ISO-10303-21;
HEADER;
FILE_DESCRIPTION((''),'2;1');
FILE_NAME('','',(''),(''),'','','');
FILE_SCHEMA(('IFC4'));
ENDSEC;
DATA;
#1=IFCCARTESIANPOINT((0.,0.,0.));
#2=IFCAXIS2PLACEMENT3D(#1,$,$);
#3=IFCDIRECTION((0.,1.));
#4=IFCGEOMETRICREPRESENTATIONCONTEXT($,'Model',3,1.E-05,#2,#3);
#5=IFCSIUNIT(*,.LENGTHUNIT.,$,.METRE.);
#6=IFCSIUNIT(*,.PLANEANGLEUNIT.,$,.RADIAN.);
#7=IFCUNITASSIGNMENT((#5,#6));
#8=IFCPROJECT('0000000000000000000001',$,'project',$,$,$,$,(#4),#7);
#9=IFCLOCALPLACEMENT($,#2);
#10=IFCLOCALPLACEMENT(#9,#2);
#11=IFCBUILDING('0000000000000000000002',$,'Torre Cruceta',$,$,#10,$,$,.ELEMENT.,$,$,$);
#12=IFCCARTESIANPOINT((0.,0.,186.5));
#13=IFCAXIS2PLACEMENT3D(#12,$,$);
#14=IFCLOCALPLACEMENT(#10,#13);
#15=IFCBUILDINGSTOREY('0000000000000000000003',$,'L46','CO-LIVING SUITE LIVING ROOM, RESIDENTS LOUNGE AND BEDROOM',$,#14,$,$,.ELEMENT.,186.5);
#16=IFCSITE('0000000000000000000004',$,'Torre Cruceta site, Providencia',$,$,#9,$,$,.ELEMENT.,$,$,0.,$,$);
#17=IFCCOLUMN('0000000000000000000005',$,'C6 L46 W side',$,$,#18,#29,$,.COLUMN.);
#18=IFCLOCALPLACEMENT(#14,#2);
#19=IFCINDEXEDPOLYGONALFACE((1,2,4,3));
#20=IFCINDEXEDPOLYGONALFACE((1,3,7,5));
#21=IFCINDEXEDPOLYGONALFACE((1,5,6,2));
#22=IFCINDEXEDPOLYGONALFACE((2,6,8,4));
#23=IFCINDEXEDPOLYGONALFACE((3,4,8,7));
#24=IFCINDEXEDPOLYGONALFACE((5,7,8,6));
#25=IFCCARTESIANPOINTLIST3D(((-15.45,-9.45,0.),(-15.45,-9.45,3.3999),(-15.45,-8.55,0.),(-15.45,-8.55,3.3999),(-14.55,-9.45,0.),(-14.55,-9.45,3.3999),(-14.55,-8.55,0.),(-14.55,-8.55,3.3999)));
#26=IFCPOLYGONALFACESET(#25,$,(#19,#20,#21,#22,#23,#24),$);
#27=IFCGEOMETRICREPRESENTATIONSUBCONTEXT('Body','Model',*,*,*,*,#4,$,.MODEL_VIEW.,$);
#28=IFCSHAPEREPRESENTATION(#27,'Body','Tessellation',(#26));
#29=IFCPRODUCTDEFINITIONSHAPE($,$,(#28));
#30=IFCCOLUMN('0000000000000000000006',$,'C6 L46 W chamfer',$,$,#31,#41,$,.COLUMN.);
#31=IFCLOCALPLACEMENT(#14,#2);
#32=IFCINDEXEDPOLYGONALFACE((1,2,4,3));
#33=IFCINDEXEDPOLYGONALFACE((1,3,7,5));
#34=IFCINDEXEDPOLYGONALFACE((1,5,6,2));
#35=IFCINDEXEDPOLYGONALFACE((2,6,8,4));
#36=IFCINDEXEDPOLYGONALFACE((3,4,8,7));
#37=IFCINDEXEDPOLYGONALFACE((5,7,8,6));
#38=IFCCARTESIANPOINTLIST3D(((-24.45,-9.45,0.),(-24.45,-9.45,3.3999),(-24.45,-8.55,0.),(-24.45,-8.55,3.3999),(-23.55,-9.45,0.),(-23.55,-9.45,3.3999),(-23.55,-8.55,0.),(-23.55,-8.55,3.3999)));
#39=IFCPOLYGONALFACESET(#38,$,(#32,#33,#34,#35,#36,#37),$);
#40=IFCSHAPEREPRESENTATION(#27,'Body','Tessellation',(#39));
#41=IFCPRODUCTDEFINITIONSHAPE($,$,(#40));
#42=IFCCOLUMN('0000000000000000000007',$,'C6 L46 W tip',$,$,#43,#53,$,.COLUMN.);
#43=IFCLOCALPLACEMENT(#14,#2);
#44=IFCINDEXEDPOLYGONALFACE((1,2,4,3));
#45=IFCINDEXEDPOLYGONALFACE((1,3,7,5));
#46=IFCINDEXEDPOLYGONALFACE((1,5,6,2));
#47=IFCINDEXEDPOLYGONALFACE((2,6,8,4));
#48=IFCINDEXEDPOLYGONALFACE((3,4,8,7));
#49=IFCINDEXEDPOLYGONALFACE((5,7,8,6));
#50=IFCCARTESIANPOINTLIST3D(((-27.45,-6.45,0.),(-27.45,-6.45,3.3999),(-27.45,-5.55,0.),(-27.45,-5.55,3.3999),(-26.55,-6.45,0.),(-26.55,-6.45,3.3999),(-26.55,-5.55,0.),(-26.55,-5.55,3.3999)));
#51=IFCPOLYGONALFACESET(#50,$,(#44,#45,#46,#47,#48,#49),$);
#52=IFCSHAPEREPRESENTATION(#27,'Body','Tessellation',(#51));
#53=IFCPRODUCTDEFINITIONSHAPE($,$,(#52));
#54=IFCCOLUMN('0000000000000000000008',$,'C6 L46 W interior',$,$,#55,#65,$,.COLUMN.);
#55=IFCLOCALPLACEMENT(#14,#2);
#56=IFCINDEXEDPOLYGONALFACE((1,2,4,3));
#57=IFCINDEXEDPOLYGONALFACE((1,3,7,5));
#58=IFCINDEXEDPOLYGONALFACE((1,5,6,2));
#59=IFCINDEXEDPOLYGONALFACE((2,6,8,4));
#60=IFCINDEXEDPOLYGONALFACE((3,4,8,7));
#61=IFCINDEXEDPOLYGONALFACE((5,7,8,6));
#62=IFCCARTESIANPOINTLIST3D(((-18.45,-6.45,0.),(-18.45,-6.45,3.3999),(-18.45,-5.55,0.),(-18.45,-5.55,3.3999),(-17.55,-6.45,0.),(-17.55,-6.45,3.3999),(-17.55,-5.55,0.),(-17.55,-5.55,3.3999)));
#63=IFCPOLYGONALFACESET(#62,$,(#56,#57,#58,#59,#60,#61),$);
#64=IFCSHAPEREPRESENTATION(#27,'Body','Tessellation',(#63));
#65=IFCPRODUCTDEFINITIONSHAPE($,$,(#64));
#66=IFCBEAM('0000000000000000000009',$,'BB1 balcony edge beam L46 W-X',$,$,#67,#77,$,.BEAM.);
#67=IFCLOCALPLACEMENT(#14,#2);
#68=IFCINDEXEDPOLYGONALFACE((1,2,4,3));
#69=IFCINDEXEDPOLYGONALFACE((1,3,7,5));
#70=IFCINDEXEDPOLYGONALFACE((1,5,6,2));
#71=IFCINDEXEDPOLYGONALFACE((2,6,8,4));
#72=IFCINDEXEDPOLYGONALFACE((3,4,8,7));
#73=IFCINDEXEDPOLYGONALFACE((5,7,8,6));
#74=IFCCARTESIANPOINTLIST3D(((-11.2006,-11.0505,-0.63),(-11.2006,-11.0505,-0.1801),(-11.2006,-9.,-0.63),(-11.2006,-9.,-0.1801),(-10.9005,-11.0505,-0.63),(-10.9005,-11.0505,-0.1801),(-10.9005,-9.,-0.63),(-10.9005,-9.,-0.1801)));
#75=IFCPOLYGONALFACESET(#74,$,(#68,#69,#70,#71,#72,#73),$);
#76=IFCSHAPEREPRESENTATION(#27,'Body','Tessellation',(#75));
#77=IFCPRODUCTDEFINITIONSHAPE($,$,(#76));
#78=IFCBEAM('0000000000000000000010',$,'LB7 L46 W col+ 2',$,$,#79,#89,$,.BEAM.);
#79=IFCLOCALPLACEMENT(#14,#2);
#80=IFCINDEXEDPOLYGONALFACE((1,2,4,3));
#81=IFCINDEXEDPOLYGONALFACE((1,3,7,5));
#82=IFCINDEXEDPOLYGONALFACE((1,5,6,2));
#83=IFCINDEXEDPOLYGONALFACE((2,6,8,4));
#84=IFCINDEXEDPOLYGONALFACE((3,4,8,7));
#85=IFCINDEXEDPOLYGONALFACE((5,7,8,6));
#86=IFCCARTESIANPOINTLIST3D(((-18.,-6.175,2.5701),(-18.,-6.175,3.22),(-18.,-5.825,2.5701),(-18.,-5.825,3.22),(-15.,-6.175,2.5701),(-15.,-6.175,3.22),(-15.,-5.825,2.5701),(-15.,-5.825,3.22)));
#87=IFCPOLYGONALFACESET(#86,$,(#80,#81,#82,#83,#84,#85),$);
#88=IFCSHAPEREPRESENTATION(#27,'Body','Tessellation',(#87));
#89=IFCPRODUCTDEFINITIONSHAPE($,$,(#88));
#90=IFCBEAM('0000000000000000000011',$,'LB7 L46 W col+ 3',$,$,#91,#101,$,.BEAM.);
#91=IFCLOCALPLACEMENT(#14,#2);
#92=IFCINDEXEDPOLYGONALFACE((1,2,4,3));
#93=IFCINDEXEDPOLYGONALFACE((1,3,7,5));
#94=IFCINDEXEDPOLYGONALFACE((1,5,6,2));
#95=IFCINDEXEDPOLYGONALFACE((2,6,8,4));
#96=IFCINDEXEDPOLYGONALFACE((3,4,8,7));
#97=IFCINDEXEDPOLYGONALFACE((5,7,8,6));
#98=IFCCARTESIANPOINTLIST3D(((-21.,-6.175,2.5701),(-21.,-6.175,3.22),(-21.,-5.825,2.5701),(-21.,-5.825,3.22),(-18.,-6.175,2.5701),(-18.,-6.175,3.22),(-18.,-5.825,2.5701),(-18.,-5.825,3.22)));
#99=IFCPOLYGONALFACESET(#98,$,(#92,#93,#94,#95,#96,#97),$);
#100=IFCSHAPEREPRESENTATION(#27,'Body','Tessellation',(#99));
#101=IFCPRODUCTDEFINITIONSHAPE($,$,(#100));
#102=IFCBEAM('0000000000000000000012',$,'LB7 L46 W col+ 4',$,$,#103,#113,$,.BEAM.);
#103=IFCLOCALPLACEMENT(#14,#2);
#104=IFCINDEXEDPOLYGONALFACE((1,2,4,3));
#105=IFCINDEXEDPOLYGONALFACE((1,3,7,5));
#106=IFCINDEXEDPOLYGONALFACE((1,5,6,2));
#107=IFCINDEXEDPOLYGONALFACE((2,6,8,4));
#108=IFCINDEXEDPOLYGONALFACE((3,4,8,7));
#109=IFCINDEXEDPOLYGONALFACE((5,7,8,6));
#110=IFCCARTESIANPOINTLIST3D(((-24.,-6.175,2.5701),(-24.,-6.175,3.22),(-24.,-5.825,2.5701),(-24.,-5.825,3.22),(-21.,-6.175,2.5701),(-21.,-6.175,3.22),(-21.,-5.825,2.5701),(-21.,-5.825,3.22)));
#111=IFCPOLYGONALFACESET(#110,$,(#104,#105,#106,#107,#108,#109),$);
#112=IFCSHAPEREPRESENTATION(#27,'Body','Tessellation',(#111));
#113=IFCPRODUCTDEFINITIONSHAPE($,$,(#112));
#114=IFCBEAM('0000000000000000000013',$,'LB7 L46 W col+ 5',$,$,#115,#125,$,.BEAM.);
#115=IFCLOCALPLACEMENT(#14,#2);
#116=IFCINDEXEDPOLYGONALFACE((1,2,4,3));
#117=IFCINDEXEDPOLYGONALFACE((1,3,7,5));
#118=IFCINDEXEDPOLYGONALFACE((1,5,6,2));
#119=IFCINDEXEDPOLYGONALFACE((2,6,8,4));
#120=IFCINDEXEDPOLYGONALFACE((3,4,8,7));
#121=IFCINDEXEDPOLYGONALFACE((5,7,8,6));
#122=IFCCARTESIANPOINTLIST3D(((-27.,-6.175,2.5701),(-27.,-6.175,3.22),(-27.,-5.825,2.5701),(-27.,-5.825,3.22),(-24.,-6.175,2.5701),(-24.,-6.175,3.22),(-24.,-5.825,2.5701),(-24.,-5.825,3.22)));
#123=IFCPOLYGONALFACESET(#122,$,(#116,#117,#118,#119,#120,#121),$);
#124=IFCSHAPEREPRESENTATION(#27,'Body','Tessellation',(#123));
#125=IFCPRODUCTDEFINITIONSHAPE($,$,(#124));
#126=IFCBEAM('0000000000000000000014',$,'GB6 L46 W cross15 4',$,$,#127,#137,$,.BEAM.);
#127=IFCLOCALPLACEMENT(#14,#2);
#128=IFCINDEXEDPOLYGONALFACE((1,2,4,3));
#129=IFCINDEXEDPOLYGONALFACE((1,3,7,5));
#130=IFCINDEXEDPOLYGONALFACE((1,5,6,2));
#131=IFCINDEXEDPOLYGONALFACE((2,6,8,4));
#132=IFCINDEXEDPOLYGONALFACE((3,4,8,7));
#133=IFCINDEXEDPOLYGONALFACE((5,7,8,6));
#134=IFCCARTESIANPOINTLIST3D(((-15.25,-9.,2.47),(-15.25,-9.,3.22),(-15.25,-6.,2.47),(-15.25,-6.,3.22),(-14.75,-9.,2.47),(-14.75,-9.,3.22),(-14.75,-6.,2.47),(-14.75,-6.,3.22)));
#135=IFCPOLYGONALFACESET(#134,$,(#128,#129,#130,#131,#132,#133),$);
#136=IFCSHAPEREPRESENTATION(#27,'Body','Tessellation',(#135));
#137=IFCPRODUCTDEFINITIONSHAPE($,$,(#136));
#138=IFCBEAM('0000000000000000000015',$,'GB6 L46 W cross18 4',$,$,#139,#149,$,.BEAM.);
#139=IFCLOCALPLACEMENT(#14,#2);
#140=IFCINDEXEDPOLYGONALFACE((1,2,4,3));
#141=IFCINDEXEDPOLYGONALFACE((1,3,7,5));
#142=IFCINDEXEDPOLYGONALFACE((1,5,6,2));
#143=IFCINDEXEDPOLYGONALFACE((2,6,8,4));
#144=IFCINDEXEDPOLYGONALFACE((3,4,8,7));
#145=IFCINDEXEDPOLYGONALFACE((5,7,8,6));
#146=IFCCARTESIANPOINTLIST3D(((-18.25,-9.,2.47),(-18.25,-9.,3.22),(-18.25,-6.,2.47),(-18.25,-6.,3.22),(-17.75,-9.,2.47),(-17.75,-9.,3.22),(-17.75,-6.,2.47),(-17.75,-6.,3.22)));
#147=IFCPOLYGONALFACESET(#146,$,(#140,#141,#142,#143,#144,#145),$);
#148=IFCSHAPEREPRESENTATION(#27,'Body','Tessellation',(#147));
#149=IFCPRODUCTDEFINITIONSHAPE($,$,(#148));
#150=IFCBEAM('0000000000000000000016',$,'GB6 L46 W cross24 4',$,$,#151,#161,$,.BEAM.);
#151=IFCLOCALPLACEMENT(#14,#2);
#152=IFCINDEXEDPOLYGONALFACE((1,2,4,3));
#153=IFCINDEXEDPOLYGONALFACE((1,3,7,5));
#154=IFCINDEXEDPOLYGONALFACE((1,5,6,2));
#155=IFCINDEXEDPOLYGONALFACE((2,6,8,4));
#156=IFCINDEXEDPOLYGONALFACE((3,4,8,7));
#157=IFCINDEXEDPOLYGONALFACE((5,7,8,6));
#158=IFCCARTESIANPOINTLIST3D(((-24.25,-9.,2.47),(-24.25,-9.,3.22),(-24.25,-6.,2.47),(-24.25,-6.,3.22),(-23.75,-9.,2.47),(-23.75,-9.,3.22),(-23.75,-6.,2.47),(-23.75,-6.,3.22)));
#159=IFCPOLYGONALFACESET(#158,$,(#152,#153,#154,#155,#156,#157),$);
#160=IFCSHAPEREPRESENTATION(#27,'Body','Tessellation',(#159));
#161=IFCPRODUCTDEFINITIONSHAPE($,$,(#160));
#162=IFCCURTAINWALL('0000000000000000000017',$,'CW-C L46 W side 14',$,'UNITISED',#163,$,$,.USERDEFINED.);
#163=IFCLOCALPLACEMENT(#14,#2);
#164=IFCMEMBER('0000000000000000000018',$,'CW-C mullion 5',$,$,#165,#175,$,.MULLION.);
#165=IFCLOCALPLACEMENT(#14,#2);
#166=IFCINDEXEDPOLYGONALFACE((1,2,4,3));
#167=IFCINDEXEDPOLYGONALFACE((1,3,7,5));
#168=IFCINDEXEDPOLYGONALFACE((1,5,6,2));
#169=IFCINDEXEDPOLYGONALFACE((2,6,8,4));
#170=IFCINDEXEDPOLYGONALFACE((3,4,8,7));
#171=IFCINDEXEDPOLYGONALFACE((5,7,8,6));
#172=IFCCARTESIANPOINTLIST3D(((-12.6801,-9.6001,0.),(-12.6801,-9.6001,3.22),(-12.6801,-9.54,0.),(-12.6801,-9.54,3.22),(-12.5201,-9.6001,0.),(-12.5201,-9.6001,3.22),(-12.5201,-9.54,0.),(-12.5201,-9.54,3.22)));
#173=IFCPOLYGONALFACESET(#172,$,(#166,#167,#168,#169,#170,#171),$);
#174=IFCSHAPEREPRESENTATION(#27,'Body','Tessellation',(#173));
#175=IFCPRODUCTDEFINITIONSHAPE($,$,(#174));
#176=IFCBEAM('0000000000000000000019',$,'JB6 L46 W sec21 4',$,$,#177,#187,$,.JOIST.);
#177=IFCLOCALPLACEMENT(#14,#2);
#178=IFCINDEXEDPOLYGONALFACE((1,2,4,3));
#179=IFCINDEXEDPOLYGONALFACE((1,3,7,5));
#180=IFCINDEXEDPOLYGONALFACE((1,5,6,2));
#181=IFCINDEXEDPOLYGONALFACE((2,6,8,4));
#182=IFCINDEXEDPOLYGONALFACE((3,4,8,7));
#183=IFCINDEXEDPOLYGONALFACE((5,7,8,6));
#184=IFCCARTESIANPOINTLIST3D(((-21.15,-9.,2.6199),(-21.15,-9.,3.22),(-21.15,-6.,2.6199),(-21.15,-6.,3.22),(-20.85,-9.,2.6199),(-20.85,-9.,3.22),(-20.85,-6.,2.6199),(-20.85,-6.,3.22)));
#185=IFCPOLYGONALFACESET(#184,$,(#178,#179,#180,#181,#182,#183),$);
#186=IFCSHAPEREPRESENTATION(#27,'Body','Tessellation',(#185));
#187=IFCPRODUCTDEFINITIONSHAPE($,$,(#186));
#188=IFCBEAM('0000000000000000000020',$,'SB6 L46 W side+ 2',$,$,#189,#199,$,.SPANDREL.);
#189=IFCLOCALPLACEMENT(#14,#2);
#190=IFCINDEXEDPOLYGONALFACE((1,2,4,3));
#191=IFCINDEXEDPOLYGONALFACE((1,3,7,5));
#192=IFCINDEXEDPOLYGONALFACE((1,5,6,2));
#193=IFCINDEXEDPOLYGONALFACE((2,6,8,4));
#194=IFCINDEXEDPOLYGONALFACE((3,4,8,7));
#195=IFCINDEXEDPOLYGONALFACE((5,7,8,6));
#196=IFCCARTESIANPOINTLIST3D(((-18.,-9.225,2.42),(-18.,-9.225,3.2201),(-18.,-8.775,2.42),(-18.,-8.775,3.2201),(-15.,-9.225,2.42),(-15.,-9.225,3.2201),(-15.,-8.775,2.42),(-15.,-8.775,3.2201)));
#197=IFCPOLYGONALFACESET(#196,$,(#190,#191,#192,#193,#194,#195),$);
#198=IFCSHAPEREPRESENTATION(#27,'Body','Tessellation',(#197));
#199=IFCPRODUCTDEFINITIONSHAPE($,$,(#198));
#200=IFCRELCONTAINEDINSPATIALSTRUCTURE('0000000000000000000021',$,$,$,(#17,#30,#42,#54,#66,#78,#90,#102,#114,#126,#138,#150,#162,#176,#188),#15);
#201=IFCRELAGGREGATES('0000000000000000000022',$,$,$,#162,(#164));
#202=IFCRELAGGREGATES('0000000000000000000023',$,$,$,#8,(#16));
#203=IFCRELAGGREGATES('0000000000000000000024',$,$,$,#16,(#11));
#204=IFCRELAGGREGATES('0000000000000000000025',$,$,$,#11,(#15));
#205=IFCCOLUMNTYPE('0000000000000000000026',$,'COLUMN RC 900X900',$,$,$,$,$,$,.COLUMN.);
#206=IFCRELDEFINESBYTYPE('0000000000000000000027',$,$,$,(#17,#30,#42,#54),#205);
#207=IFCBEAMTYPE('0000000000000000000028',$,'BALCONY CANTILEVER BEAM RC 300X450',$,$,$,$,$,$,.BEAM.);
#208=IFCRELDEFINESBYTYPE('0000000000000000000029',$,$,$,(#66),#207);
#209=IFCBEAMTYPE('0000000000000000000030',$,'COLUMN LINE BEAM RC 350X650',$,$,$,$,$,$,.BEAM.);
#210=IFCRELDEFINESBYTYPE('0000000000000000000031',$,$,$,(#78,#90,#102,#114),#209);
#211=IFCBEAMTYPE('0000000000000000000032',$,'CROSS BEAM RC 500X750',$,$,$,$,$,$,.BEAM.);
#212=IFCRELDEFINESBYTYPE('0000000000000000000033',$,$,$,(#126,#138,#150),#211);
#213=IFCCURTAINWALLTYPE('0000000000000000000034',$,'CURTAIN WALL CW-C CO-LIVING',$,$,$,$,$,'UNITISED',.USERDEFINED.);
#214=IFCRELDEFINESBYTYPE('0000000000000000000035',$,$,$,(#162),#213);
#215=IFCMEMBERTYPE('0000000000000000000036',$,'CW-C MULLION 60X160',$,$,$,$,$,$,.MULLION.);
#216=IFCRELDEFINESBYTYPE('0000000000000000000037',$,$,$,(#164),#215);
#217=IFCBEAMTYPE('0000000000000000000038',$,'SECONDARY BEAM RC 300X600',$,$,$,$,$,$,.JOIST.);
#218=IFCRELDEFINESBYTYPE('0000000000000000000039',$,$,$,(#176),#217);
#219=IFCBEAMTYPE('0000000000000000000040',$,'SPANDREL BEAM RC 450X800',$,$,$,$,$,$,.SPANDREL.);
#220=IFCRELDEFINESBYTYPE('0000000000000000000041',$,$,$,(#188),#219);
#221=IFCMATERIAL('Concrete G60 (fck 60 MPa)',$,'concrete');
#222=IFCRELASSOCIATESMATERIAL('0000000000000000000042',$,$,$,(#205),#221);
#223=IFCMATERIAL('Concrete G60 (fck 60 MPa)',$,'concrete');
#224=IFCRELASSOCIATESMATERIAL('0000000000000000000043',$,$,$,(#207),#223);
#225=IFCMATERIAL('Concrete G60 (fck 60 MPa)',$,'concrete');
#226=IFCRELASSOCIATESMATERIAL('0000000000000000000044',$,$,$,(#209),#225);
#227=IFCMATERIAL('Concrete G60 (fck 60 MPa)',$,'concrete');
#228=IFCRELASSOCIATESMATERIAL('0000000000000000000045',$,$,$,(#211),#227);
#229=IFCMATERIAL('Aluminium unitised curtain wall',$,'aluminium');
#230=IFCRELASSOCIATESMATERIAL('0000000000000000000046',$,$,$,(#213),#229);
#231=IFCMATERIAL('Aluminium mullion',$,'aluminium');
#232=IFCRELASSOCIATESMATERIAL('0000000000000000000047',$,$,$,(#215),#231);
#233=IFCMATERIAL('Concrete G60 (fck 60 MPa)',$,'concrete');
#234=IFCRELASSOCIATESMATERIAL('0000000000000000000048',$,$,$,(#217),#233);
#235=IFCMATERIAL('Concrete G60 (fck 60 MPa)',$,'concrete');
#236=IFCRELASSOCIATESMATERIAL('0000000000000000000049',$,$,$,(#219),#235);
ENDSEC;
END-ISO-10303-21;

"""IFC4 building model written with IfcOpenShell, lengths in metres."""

from ifc_helpers import new_model, si_unit, direction, frame, origin, origin_2d, place, context, subcontext, project, spatial, rectangle, extrude, material, material_profile, profile_set, type_object, element, aggregate, save


model = new_model("IFC4")

# Units and contexts
model_context = context("Model", 3, precision=1e-05, world=origin(), true_north=direction((0.0, 1.0)))
body_context = subcontext(model_context, "Body", "Model", "MODEL_VIEW")
ifc_project = project(units=[si_unit("LENGTHUNIT", "METRE"), si_unit("PLANEANGLEUNIT", "RADIAN")], contexts=[model_context])

# Site, building, storey
site_placement = place(None, origin())
site = spatial("IfcSite", under=ifc_project, at=site_placement, Name="Torre Cruceta site, Providencia", CompositionType="ELEMENT", RefElevation=0.0)
building_placement = place(site_placement, origin())
building = spatial("IfcBuilding", under=site, at=building_placement, Name="Torre Cruceta", CompositionType="ELEMENT")
storey_placement = place(building_placement, frame((0.0, 0.0, 186.5)))
storey = spatial("IfcBuildingStorey", under=building, at=storey_placement, Name="L46", Description="CO-LIVING SUITE LIVING ROOM, RESIDENTS LOUNGE AND BEDROOM", CompositionType="ELEMENT", Elevation=186.5)

# Columns
ifc_material_1 = material(Name="Concrete G60 (fck 60 MPa)", Category="concrete")
ifc_material_profile_1 = material_profile(ifc_material_1, rectangle(XDim=0.8999, YDim=0.8999, at=origin_2d()), Name="RC 900X900")
ifc_profile_set_1 = profile_set([ifc_material_profile_1], Name="Concrete G60 (fck 60 MPa)")
column_type = type_object("IfcColumnType", Name="COLUMN RC 900X900", PredefinedType="COLUMN", material=ifc_profile_set_1)
for number, where, z_axis, x_axis, name in (
    (1, (-15.0, -9.0, 0.0), (0.0, 0.0, 1.0), (1.0, 0.0, 0.0), "C6 L46 W side"),
    (2, (-24.0, -9.0, 0.0), (0.0, 0.0, 1.0), (1.0, 0.0, 0.0), "C6 L46 W chamfer"),
    (3, (-27.0, -6.0, 0.0), (0.0, 0.0, 1.0), (1.0, 0.0, 0.0), "C6 L46 W tip"),
    (4, (-18.0, -6.0, 0.0), (0.0, 0.0, 1.0), (1.0, 0.0, 0.0), "C6 L46 W interior"),
):
    element("IfcColumn", number, at=place(storey_placement, frame(where, z_axis=z_axis, x_axis=x_axis)), inside=storey, type_object=column_type, Name=name, PredefinedType="COLUMN", context=body_context, shape_type="SweptSolid", body=[
        extrude(rectangle(XDim=0.8999, YDim=0.8999, at=origin_2d()), origin(), (0.0, 0.0, 1.0), 3.3999),
    ])

# Beams
ifc_material_2 = material(Name="Concrete G60 (fck 60 MPa)", Category="concrete")
ifc_material_profile_2 = material_profile(ifc_material_2, rectangle(XDim=0.3, YDim=0.45, at=origin_2d()), Name="RC 300X450")
ifc_profile_set_2 = profile_set([ifc_material_profile_2], Name="Concrete G60 (fck 60 MPa)")
beam_type_1 = type_object("IfcBeamType", Name="BALCONY CANTILEVER BEAM RC 300X450", PredefinedType="BEAM", material=ifc_profile_set_2)
beam_1_placement = place(storey_placement, frame((-11.0505, -9.0, -0.405), z_axis=(0.0, -1.0, 0.0), x_axis=(1.0, 0.0, 0.0)))
element("IfcBeam", 5, at=beam_1_placement, inside=storey, type_object=beam_type_1, Name="BB1 balcony edge beam L46 W-X", PredefinedType="BEAM", context=body_context, shape_type="SweptSolid", body=[
    extrude(rectangle(XDim=0.3, YDim=0.45, at=origin_2d()), origin(), (0.0, 0.0, 1.0), 2.0505),
])
ifc_material_3 = material(Name="Concrete G60 (fck 60 MPa)", Category="concrete")
ifc_material_profile_3 = material_profile(ifc_material_3, rectangle(XDim=0.3501, YDim=0.6499, at=origin_2d()), Name="RC 350X650")
ifc_profile_set_3 = profile_set([ifc_material_profile_3], Name="Concrete G60 (fck 60 MPa)")
beam_type_2 = type_object("IfcBeamType", Name="COLUMN LINE BEAM RC 350X650", PredefinedType="BEAM", material=ifc_profile_set_3)
for number, where, z_axis, x_axis, name in (
    (6, (-15.0, -6.0, 2.895), (-1.0, 0.0, 0.0), (0.0, -1.0, 0.0), "LB7 L46 W col+ 2"),
    (7, (-18.0, -6.0, 2.895), (-1.0, 0.0, 0.0), (0.0, -1.0, 0.0), "LB7 L46 W col+ 3"),
    (8, (-21.0, -6.0, 2.895), (-1.0, 0.0, 0.0), (0.0, -1.0, 0.0), "LB7 L46 W col+ 4"),
    (9, (-24.0, -6.0, 2.895), (-1.0, 0.0, 0.0), (0.0, -1.0, 0.0), "LB7 L46 W col+ 5"),
):
    element("IfcBeam", number, at=place(storey_placement, frame(where, z_axis=z_axis, x_axis=x_axis)), inside=storey, type_object=beam_type_2, Name=name, PredefinedType="BEAM", context=body_context, shape_type="SweptSolid", body=[
        extrude(rectangle(XDim=0.3501, YDim=0.6499, at=origin_2d()), origin(), (0.0, 0.0, 1.0), 3.0),
    ])
ifc_material_4 = material(Name="Concrete G60 (fck 60 MPa)", Category="concrete")
ifc_material_profile_4 = material_profile(ifc_material_4, rectangle(XDim=0.5, YDim=0.75, at=origin_2d()), Name="RC 500X750")
ifc_profile_set_4 = profile_set([ifc_material_profile_4], Name="Concrete G60 (fck 60 MPa)")
beam_type_3 = type_object("IfcBeamType", Name="CROSS BEAM RC 500X750", PredefinedType="BEAM", material=ifc_profile_set_4)
for number, where, z_axis, x_axis, name in (
    (10, (-15.0, -6.0, 2.845), (0.0, -1.0, 0.0), (1.0, 0.0, 0.0), "GB6 L46 W cross15 4"),
    (11, (-18.0, -6.0, 2.845), (0.0, -1.0, 0.0), (1.0, 0.0, 0.0), "GB6 L46 W cross18 4"),
    (12, (-24.0, -6.0, 2.845), (0.0, -1.0, 0.0), (1.0, 0.0, 0.0), "GB6 L46 W cross24 4"),
):
    element("IfcBeam", number, at=place(storey_placement, frame(where, z_axis=z_axis, x_axis=x_axis)), inside=storey, type_object=beam_type_3, Name=name, PredefinedType="BEAM", context=body_context, shape_type="SweptSolid", body=[
        extrude(rectangle(XDim=0.5, YDim=0.75, at=origin_2d()), origin(), (0.0, 0.0, 1.0), 3.0),
    ])

# Curtain wall, member
ifc_material_5 = material(Name="Aluminium unitised curtain wall", Category="aluminium")
curtain_wall_type = type_object("IfcCurtainWallType", Name="CURTAIN WALL CW-C CO-LIVING", ElementType="UNITISED", PredefinedType="USERDEFINED", material=ifc_material_5)
curtain_wall_placement = place(storey_placement, origin())
curtain_wall = element("IfcCurtainWall", 13, at=curtain_wall_placement, inside=storey, type_object=curtain_wall_type, Name="CW-C L46 W side 14", ObjectType="UNITISED", PredefinedType="USERDEFINED")
ifc_material_6 = material(Name="Aluminium mullion", Category="aluminium")
ifc_material_profile_5 = material_profile(ifc_material_6, rectangle(XDim=0.0601, YDim=0.1599, at=origin_2d()), Name="AL 60X160")
ifc_profile_set_5 = profile_set([ifc_material_profile_5], Name="Aluminium mullion")
member_type = type_object("IfcMemberType", Name="CW-C MULLION 60X160", PredefinedType="MULLION", material=ifc_profile_set_5)
member_placement = place(storey_placement, frame((-12.6001, -9.5701, 0.0), z_axis=(0.0, 0.0, 1.0), x_axis=(0.0, 1.0, 0.0)))
member = element("IfcMember", 14, at=member_placement, type_object=member_type, Name="CW-C mullion 5", PredefinedType="MULLION", context=body_context, shape_type="SweptSolid", body=[
    extrude(rectangle(XDim=0.0601, YDim=0.1599, at=origin_2d()), origin(), (0.0, 0.0, 1.0), 3.22),
])
aggregate(curtain_wall, [member])

# Beams
ifc_material_7 = material(Name="Concrete G60 (fck 60 MPa)", Category="concrete")
ifc_material_profile_6 = material_profile(ifc_material_7, rectangle(XDim=0.3, YDim=0.6001, at=origin_2d()), Name="RC 300X600")
ifc_profile_set_6 = profile_set([ifc_material_profile_6], Name="Concrete G60 (fck 60 MPa)")
beam_type_4 = type_object("IfcBeamType", Name="SECONDARY BEAM RC 300X600", PredefinedType="JOIST", material=ifc_profile_set_6)
beam_2_placement = place(storey_placement, frame((-21.0, -6.0, 2.9199), z_axis=(0.0, -1.0, 0.0), x_axis=(1.0, 0.0, 0.0)))
element("IfcBeam", 15, at=beam_2_placement, inside=storey, type_object=beam_type_4, Name="JB6 L46 W sec21 4", PredefinedType="JOIST", context=body_context, shape_type="SweptSolid", body=[
    extrude(rectangle(XDim=0.3, YDim=0.6001, at=origin_2d()), origin(), (0.0, 0.0, 1.0), 3.0),
])
ifc_material_8 = material(Name="Concrete G60 (fck 60 MPa)", Category="concrete")
ifc_material_profile_7 = material_profile(ifc_material_8, rectangle(XDim=0.45, YDim=0.8, at=origin_2d()), Name="RC 450X800")
ifc_profile_set_7 = profile_set([ifc_material_profile_7], Name="Concrete G60 (fck 60 MPa)")
beam_type_5 = type_object("IfcBeamType", Name="SPANDREL BEAM RC 450X800", PredefinedType="SPANDREL", material=ifc_profile_set_7)
for number, where, z_axis, x_axis, name in (
    (16, (-15.0, -9.0, 2.8201), (-1.0, 0.0, 0.0), (0.0, -1.0, 0.0), "SB6 L46 W side+ 2"),
):
    element("IfcBeam", number, at=place(storey_placement, frame(where, z_axis=z_axis, x_axis=x_axis)), inside=storey, type_object=beam_type_5, Name=name, PredefinedType="SPANDREL", context=body_context, shape_type="SweptSolid", body=[
        extrude(rectangle(XDim=0.45, YDim=0.8, at=origin_2d()), origin(), (0.0, 0.0, 1.0), 3.0),
    ])

save(model, "model.ifc")
